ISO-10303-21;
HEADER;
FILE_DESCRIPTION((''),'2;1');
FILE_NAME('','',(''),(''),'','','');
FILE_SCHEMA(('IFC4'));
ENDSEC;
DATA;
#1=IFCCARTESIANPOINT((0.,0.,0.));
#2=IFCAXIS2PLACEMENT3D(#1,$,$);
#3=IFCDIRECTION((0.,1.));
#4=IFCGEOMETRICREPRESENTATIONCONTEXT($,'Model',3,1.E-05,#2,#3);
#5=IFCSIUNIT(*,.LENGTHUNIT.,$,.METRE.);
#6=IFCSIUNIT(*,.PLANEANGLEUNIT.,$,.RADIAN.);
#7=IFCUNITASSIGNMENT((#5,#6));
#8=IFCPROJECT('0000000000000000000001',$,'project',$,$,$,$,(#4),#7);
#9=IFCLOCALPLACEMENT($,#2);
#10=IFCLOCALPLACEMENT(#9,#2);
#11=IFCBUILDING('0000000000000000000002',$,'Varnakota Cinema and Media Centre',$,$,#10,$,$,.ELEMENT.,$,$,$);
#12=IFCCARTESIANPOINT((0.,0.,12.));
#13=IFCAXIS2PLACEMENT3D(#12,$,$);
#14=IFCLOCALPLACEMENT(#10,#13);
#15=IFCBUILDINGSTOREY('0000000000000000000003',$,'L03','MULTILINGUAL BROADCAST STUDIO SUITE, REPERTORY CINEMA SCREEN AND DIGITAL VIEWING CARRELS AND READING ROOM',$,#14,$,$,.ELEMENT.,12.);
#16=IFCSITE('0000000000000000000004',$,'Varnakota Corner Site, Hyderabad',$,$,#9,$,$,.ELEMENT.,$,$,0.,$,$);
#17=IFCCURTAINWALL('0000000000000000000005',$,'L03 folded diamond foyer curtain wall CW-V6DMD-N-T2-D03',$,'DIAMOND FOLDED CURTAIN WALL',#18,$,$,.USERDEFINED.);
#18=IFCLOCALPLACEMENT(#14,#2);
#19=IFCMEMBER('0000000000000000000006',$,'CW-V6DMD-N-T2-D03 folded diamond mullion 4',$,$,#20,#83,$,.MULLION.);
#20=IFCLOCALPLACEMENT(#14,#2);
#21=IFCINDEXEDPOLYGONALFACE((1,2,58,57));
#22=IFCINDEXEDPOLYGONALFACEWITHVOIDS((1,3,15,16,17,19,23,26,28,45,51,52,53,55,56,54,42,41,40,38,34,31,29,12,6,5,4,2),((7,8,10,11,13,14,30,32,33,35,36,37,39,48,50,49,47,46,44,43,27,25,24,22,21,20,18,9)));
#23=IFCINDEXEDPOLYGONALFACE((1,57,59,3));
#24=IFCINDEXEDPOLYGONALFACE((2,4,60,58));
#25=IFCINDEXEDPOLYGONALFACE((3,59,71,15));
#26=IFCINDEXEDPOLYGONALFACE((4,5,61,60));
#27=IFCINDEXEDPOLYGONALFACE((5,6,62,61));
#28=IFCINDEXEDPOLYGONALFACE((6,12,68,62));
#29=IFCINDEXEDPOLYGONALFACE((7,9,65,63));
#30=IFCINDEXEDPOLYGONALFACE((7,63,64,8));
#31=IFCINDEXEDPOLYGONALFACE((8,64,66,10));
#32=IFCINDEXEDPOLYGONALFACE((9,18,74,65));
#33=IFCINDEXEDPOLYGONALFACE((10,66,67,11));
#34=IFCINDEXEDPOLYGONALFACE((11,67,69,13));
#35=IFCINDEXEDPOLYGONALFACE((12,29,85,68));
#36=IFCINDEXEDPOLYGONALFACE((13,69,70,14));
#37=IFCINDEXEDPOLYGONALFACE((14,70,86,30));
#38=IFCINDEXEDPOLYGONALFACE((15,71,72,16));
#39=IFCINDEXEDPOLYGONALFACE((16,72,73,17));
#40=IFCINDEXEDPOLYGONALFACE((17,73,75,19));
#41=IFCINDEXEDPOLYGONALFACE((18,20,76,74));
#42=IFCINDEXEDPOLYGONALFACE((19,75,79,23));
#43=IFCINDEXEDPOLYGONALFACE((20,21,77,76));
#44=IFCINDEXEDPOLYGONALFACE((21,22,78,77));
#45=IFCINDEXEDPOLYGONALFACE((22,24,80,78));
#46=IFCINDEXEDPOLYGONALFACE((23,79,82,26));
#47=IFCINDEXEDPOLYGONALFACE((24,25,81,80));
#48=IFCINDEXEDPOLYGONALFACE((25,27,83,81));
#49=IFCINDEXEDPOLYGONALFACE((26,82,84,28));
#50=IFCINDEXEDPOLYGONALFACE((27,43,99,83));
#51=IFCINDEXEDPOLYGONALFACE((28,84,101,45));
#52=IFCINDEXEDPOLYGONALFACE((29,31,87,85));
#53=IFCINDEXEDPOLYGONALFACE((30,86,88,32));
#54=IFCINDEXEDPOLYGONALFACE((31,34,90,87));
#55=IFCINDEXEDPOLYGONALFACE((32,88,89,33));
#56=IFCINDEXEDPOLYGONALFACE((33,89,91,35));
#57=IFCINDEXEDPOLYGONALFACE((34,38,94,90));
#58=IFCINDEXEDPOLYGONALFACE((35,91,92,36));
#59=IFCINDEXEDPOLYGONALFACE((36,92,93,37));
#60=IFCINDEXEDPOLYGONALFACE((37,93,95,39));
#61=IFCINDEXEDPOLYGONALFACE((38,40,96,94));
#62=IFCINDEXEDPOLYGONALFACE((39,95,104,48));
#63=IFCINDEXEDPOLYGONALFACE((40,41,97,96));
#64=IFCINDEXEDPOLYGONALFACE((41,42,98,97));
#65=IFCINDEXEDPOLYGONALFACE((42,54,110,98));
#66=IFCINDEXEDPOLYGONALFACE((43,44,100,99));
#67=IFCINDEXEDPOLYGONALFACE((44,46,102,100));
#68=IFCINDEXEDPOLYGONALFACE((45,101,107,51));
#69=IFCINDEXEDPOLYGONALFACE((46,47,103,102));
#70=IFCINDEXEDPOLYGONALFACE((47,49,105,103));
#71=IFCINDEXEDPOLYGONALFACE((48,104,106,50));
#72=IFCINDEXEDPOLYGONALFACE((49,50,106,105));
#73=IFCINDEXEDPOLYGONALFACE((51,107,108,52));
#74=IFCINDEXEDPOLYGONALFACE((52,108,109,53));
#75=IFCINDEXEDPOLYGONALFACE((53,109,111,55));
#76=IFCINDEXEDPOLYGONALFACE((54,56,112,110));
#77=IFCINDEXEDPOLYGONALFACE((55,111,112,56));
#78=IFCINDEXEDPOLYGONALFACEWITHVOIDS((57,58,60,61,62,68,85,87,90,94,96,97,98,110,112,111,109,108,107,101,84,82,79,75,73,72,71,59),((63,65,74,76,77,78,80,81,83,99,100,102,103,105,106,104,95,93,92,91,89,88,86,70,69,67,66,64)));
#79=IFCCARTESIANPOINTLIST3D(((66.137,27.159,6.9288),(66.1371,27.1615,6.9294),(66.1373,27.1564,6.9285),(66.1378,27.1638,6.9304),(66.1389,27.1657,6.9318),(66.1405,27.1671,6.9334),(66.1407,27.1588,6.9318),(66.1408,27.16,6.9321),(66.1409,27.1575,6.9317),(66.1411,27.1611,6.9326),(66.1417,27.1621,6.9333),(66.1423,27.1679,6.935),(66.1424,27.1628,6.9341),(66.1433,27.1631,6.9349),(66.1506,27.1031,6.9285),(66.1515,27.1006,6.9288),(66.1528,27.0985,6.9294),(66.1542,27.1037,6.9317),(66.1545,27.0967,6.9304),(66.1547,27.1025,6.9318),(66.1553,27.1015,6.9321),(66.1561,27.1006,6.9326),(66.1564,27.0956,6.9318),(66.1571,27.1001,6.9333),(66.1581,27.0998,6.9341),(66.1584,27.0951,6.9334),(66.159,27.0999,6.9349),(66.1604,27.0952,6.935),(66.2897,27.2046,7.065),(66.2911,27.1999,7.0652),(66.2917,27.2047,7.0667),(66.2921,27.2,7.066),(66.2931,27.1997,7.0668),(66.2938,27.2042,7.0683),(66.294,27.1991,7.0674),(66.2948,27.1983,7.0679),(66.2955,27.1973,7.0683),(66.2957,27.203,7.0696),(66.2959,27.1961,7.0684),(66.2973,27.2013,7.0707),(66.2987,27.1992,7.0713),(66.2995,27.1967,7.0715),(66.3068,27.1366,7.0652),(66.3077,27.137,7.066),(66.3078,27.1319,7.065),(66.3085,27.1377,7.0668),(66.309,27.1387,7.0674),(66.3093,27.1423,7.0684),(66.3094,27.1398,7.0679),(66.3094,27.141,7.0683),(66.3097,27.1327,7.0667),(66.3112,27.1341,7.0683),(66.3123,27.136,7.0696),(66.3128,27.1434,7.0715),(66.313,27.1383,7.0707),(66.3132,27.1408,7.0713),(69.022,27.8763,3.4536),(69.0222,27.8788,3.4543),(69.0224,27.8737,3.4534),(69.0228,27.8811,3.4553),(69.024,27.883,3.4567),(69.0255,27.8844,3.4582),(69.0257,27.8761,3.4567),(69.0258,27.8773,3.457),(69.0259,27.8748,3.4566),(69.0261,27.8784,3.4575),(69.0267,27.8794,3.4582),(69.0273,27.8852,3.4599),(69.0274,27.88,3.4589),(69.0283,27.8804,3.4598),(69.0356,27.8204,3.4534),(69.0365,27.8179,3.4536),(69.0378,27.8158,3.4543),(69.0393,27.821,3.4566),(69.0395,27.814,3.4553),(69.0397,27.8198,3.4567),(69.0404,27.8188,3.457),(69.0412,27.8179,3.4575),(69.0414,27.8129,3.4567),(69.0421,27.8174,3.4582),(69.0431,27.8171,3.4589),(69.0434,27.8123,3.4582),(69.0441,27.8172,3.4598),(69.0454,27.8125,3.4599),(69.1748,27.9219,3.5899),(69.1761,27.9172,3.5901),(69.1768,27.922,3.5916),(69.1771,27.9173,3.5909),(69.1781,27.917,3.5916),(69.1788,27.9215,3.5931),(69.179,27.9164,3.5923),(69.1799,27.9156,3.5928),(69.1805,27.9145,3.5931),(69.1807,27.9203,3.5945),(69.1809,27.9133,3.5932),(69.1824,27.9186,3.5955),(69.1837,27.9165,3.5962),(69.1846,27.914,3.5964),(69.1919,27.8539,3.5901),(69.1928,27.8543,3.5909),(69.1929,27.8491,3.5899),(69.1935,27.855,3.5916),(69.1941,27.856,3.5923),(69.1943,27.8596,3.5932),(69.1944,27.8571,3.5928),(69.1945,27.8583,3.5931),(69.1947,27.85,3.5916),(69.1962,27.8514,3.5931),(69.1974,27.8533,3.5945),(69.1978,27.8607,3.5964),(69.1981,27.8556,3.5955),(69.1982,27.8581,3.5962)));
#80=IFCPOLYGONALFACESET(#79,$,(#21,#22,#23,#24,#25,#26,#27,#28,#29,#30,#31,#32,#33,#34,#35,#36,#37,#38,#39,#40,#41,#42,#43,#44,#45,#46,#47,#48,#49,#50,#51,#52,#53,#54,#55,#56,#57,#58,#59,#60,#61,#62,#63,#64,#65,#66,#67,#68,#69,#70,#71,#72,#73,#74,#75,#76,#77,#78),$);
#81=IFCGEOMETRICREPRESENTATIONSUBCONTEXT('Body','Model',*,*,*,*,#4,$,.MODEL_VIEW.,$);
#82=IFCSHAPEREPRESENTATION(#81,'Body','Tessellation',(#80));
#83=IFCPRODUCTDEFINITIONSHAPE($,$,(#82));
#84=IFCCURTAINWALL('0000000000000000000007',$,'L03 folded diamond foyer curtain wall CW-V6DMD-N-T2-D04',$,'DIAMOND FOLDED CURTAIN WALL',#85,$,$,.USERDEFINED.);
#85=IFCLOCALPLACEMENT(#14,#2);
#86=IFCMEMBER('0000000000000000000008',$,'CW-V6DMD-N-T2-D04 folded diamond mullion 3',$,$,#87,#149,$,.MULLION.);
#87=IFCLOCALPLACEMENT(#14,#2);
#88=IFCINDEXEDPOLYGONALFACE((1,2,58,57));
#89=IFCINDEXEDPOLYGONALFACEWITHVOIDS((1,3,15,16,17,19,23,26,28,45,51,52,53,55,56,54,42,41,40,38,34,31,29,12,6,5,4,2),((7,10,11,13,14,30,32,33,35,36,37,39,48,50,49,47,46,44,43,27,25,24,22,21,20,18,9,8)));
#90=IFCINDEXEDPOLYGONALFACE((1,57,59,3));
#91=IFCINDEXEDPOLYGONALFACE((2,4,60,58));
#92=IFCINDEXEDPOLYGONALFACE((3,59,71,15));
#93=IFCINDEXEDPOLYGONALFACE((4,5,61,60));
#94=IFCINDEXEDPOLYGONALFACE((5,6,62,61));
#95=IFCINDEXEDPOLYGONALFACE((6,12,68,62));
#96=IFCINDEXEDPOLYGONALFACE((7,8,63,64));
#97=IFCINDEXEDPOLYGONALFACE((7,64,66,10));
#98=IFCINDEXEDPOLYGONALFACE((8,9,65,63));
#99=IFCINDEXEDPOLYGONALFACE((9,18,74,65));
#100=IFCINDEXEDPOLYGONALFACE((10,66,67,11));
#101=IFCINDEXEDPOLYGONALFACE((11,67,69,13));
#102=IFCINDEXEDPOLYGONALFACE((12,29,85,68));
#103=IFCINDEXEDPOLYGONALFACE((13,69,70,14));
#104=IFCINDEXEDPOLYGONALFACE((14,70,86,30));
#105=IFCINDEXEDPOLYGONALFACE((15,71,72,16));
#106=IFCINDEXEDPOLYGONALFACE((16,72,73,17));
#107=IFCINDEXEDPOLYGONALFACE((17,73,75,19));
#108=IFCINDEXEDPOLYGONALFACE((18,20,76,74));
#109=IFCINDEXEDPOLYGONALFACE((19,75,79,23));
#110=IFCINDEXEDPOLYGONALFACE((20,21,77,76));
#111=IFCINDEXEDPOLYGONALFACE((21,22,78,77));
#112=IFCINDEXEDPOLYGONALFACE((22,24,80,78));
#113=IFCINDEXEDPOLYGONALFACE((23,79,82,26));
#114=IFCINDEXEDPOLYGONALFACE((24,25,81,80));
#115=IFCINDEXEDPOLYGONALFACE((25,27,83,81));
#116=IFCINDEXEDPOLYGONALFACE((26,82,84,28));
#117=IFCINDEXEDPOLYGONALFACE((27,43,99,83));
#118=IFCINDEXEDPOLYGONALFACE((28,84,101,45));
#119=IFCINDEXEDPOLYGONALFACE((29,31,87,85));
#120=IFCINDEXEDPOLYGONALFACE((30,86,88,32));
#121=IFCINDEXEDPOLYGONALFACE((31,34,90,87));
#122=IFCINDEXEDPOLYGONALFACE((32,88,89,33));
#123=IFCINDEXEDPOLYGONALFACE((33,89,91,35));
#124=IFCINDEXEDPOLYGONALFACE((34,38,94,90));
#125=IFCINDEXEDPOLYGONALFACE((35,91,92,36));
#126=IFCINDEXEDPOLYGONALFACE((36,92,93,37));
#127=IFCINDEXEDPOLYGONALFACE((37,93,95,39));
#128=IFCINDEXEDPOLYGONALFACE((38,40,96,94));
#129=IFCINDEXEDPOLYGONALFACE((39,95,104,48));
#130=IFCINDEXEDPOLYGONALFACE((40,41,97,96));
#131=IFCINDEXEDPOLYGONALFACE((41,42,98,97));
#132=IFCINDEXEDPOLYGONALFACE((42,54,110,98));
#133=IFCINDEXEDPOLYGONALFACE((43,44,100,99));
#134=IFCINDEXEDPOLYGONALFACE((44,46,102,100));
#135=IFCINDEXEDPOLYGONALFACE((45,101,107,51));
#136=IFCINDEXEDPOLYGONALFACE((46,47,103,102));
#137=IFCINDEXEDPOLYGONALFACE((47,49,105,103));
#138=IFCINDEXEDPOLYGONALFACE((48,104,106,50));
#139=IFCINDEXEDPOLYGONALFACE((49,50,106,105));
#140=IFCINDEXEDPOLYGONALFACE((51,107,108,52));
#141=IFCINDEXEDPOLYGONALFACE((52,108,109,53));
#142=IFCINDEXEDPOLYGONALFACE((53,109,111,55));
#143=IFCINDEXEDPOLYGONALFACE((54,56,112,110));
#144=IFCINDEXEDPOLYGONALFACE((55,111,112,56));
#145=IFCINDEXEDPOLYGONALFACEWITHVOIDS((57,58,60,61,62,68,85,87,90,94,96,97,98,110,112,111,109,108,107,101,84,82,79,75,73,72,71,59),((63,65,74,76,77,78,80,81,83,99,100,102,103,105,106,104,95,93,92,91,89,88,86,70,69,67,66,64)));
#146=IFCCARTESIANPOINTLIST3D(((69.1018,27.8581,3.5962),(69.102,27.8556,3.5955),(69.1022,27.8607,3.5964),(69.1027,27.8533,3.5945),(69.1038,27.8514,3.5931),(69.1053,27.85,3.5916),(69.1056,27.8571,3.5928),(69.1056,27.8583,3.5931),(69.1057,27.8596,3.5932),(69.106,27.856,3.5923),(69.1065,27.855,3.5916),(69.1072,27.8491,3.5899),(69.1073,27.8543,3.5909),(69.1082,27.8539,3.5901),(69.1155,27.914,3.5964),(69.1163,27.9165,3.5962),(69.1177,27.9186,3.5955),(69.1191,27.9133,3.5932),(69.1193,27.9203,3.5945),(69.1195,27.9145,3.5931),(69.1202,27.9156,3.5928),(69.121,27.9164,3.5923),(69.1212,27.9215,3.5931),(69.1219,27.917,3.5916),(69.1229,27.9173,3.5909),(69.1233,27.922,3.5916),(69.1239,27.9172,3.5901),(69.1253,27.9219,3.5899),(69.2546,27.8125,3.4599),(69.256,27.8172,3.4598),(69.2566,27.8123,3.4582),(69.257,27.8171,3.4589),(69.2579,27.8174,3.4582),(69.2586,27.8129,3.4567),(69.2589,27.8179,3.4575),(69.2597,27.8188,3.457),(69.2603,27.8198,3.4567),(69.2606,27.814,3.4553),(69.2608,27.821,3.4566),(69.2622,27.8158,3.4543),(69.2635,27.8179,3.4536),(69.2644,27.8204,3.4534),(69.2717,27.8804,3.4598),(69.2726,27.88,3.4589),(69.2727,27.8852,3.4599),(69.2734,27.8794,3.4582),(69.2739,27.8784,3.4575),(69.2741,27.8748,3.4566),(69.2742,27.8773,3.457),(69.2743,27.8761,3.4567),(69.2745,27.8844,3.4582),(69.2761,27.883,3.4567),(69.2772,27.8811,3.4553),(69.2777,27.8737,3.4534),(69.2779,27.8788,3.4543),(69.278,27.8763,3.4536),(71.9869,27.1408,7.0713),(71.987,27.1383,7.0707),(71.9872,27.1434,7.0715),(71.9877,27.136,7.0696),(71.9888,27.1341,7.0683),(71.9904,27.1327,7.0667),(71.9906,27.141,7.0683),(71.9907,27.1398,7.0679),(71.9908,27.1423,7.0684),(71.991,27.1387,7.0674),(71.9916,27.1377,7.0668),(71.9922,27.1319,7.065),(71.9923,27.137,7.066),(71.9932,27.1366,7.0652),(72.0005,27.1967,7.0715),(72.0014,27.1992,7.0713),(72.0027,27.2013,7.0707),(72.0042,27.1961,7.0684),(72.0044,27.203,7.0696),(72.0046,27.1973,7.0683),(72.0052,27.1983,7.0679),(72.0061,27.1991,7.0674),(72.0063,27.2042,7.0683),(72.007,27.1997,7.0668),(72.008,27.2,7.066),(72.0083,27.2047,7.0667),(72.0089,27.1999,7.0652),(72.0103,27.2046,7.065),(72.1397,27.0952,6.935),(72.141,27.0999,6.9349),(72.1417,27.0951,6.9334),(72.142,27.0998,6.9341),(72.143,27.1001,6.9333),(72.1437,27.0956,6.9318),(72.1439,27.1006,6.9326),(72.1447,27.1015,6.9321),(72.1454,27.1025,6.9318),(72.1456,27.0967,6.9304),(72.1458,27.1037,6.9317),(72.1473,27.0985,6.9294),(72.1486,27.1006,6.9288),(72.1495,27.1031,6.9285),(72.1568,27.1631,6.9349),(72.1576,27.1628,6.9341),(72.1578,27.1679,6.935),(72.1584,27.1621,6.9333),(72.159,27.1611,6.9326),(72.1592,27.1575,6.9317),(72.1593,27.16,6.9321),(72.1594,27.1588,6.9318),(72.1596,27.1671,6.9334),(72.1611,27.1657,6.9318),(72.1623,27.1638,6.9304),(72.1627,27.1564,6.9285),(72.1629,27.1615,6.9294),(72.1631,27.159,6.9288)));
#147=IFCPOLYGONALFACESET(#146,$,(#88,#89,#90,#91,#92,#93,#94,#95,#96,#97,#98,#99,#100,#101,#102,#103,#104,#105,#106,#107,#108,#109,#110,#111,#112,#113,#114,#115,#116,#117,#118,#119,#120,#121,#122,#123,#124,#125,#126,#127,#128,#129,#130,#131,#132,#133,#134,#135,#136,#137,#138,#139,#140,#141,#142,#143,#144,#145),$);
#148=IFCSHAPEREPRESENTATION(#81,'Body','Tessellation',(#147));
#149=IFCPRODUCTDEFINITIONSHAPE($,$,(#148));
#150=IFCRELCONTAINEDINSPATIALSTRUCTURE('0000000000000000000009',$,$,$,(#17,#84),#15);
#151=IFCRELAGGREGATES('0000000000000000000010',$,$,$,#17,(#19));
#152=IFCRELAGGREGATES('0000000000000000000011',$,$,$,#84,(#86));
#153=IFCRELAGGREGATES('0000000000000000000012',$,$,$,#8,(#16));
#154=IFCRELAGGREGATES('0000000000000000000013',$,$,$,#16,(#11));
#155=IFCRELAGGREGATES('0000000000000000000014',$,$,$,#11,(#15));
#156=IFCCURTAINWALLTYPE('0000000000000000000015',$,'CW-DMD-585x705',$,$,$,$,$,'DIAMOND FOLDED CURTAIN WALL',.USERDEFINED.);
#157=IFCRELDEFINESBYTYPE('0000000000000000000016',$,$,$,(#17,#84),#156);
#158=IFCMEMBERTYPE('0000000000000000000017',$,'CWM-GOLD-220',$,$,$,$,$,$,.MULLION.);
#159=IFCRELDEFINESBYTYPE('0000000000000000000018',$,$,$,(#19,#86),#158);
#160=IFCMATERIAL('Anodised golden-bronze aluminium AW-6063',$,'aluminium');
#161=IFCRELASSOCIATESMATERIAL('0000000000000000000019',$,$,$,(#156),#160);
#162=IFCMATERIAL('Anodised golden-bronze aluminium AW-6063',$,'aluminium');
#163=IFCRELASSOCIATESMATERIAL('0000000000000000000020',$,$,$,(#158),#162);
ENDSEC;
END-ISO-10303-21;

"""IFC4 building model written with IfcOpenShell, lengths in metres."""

from ifc_helpers import new_model, si_unit, direction, frame, origin, origin_2d, place, context, subcontext, project, spatial, hollow_rectangle, extrude, material, material_profile, profile_set, type_object, element, aggregate, save


model = new_model("IFC4")

# Units and contexts
model_context = context("Model", 3, precision=1e-05, world=origin(), true_north=direction((0.0, 1.0)))
body_context = subcontext(model_context, "Body", "Model", "MODEL_VIEW")
ifc_project = project(units=[si_unit("LENGTHUNIT", "METRE"), si_unit("PLANEANGLEUNIT", "RADIAN")], contexts=[model_context])

# Site, building, storey
site_placement = place(None, origin())
site = spatial("IfcSite", under=ifc_project, at=site_placement, Name="Varnakota Corner Site, Hyderabad", CompositionType="ELEMENT", RefElevation=0.0)
building_placement = place(site_placement, origin())
building = spatial("IfcBuilding", under=site, at=building_placement, Name="Varnakota Cinema and Media Centre", CompositionType="ELEMENT")
storey_placement = place(building_placement, frame((0.0, 0.0, 12.0)))
storey = spatial("IfcBuildingStorey", under=building, at=storey_placement, Name="L03", Description="MULTILINGUAL BROADCAST STUDIO SUITE, REPERTORY CINEMA SCREEN AND DIGITAL VIEWING CARRELS AND READING ROOM", CompositionType="ELEMENT", Elevation=12.0)

# Shared definitions
ifc_material_1 = material(Name="Anodised golden-bronze aluminium AW-6063", Category="aluminium")
curtain_wall_type = type_object("IfcCurtainWallType", Name="CW-DMD-585x705", ElementType="DIAMOND FOLDED CURTAIN WALL", PredefinedType="USERDEFINED", material=ifc_material_1)
ifc_material_2 = material(Name="Anodised golden-bronze aluminium AW-6063", Category="aluminium")
ifc_material_profile_1 = material_profile(ifc_material_2, hollow_rectangle(XDim=0.075, YDim=0.22, WallThickness=0.0049, InnerFilletRadius=0.0049, OuterFilletRadius=0.01, at=origin_2d()), Name="AL-MULLION 220x75x5")
ifc_profile_set_1 = profile_set([ifc_material_profile_1], Name="Anodised golden-bronze aluminium AW-6063")
member_type_1 = type_object("IfcMemberType", Name="CWM-GOLD-220", PredefinedType="MULLION", material=ifc_profile_set_1)

# Curtain walls, members
curtain_wall_1_placement = place(storey_placement, origin())
curtain_wall_1 = element("IfcCurtainWall", 1, at=curtain_wall_1_placement, inside=storey, type_object=curtain_wall_type, Name="L03 folded diamond foyer curtain wall CW-V6DMD-N-T2-D03", ObjectType="DIAMOND FOLDED CURTAIN WALL", PredefinedType="USERDEFINED")
member_1_placement = place(storey_placement, frame((69.1101, 27.8672, 3.5249), z_axis=(-0.630853, -0.156846, 0.759885), x_axis=(0.241279, -0.970456, 0.0)))
member_1 = element("IfcMember", 2, at=member_1_placement, type_object=member_type_1, Name="CW-V6DMD-N-T2-D03 folded diamond mullion 4", PredefinedType="MULLION", context=body_context, shape_type="SweptSolid", body=[
    extrude(hollow_rectangle(XDim=0.075, YDim=0.22, WallThickness=0.0049, InnerFilletRadius=0.0049, OuterFilletRadius=0.01, at=origin_2d()), origin(), (0.0, 0.0, 1.0), 4.5732),
])
curtain_wall_2_placement = place(storey_placement, origin())
curtain_wall_2 = element("IfcCurtainWall", 3, at=curtain_wall_2_placement, inside=storey, type_object=curtain_wall_type, Name="L03 folded diamond foyer curtain wall CW-V6DMD-N-T2-D04", ObjectType="DIAMOND FOLDED CURTAIN WALL", PredefinedType="USERDEFINED")
member_2_placement = place(storey_placement, frame((69.1899, 27.8672, 3.5249), z_axis=(0.630853, -0.156846, 0.759885), x_axis=(0.241279, 0.970456, 0.0)))
member_2 = element("IfcMember", 4, at=member_2_placement, type_object=member_type_1, Name="CW-V6DMD-N-T2-D04 folded diamond mullion 3", PredefinedType="MULLION", context=body_context, shape_type="SweptSolid", body=[
    extrude(hollow_rectangle(XDim=0.075, YDim=0.22, WallThickness=0.0049, InnerFilletRadius=0.0049, OuterFilletRadius=0.01, at=origin_2d()), origin(), (0.0, 0.0, 1.0), 4.5732),
])

aggregate(curtain_wall_1, [member_1])

aggregate(curtain_wall_2, [member_2])

save(model, "model.ifc")
